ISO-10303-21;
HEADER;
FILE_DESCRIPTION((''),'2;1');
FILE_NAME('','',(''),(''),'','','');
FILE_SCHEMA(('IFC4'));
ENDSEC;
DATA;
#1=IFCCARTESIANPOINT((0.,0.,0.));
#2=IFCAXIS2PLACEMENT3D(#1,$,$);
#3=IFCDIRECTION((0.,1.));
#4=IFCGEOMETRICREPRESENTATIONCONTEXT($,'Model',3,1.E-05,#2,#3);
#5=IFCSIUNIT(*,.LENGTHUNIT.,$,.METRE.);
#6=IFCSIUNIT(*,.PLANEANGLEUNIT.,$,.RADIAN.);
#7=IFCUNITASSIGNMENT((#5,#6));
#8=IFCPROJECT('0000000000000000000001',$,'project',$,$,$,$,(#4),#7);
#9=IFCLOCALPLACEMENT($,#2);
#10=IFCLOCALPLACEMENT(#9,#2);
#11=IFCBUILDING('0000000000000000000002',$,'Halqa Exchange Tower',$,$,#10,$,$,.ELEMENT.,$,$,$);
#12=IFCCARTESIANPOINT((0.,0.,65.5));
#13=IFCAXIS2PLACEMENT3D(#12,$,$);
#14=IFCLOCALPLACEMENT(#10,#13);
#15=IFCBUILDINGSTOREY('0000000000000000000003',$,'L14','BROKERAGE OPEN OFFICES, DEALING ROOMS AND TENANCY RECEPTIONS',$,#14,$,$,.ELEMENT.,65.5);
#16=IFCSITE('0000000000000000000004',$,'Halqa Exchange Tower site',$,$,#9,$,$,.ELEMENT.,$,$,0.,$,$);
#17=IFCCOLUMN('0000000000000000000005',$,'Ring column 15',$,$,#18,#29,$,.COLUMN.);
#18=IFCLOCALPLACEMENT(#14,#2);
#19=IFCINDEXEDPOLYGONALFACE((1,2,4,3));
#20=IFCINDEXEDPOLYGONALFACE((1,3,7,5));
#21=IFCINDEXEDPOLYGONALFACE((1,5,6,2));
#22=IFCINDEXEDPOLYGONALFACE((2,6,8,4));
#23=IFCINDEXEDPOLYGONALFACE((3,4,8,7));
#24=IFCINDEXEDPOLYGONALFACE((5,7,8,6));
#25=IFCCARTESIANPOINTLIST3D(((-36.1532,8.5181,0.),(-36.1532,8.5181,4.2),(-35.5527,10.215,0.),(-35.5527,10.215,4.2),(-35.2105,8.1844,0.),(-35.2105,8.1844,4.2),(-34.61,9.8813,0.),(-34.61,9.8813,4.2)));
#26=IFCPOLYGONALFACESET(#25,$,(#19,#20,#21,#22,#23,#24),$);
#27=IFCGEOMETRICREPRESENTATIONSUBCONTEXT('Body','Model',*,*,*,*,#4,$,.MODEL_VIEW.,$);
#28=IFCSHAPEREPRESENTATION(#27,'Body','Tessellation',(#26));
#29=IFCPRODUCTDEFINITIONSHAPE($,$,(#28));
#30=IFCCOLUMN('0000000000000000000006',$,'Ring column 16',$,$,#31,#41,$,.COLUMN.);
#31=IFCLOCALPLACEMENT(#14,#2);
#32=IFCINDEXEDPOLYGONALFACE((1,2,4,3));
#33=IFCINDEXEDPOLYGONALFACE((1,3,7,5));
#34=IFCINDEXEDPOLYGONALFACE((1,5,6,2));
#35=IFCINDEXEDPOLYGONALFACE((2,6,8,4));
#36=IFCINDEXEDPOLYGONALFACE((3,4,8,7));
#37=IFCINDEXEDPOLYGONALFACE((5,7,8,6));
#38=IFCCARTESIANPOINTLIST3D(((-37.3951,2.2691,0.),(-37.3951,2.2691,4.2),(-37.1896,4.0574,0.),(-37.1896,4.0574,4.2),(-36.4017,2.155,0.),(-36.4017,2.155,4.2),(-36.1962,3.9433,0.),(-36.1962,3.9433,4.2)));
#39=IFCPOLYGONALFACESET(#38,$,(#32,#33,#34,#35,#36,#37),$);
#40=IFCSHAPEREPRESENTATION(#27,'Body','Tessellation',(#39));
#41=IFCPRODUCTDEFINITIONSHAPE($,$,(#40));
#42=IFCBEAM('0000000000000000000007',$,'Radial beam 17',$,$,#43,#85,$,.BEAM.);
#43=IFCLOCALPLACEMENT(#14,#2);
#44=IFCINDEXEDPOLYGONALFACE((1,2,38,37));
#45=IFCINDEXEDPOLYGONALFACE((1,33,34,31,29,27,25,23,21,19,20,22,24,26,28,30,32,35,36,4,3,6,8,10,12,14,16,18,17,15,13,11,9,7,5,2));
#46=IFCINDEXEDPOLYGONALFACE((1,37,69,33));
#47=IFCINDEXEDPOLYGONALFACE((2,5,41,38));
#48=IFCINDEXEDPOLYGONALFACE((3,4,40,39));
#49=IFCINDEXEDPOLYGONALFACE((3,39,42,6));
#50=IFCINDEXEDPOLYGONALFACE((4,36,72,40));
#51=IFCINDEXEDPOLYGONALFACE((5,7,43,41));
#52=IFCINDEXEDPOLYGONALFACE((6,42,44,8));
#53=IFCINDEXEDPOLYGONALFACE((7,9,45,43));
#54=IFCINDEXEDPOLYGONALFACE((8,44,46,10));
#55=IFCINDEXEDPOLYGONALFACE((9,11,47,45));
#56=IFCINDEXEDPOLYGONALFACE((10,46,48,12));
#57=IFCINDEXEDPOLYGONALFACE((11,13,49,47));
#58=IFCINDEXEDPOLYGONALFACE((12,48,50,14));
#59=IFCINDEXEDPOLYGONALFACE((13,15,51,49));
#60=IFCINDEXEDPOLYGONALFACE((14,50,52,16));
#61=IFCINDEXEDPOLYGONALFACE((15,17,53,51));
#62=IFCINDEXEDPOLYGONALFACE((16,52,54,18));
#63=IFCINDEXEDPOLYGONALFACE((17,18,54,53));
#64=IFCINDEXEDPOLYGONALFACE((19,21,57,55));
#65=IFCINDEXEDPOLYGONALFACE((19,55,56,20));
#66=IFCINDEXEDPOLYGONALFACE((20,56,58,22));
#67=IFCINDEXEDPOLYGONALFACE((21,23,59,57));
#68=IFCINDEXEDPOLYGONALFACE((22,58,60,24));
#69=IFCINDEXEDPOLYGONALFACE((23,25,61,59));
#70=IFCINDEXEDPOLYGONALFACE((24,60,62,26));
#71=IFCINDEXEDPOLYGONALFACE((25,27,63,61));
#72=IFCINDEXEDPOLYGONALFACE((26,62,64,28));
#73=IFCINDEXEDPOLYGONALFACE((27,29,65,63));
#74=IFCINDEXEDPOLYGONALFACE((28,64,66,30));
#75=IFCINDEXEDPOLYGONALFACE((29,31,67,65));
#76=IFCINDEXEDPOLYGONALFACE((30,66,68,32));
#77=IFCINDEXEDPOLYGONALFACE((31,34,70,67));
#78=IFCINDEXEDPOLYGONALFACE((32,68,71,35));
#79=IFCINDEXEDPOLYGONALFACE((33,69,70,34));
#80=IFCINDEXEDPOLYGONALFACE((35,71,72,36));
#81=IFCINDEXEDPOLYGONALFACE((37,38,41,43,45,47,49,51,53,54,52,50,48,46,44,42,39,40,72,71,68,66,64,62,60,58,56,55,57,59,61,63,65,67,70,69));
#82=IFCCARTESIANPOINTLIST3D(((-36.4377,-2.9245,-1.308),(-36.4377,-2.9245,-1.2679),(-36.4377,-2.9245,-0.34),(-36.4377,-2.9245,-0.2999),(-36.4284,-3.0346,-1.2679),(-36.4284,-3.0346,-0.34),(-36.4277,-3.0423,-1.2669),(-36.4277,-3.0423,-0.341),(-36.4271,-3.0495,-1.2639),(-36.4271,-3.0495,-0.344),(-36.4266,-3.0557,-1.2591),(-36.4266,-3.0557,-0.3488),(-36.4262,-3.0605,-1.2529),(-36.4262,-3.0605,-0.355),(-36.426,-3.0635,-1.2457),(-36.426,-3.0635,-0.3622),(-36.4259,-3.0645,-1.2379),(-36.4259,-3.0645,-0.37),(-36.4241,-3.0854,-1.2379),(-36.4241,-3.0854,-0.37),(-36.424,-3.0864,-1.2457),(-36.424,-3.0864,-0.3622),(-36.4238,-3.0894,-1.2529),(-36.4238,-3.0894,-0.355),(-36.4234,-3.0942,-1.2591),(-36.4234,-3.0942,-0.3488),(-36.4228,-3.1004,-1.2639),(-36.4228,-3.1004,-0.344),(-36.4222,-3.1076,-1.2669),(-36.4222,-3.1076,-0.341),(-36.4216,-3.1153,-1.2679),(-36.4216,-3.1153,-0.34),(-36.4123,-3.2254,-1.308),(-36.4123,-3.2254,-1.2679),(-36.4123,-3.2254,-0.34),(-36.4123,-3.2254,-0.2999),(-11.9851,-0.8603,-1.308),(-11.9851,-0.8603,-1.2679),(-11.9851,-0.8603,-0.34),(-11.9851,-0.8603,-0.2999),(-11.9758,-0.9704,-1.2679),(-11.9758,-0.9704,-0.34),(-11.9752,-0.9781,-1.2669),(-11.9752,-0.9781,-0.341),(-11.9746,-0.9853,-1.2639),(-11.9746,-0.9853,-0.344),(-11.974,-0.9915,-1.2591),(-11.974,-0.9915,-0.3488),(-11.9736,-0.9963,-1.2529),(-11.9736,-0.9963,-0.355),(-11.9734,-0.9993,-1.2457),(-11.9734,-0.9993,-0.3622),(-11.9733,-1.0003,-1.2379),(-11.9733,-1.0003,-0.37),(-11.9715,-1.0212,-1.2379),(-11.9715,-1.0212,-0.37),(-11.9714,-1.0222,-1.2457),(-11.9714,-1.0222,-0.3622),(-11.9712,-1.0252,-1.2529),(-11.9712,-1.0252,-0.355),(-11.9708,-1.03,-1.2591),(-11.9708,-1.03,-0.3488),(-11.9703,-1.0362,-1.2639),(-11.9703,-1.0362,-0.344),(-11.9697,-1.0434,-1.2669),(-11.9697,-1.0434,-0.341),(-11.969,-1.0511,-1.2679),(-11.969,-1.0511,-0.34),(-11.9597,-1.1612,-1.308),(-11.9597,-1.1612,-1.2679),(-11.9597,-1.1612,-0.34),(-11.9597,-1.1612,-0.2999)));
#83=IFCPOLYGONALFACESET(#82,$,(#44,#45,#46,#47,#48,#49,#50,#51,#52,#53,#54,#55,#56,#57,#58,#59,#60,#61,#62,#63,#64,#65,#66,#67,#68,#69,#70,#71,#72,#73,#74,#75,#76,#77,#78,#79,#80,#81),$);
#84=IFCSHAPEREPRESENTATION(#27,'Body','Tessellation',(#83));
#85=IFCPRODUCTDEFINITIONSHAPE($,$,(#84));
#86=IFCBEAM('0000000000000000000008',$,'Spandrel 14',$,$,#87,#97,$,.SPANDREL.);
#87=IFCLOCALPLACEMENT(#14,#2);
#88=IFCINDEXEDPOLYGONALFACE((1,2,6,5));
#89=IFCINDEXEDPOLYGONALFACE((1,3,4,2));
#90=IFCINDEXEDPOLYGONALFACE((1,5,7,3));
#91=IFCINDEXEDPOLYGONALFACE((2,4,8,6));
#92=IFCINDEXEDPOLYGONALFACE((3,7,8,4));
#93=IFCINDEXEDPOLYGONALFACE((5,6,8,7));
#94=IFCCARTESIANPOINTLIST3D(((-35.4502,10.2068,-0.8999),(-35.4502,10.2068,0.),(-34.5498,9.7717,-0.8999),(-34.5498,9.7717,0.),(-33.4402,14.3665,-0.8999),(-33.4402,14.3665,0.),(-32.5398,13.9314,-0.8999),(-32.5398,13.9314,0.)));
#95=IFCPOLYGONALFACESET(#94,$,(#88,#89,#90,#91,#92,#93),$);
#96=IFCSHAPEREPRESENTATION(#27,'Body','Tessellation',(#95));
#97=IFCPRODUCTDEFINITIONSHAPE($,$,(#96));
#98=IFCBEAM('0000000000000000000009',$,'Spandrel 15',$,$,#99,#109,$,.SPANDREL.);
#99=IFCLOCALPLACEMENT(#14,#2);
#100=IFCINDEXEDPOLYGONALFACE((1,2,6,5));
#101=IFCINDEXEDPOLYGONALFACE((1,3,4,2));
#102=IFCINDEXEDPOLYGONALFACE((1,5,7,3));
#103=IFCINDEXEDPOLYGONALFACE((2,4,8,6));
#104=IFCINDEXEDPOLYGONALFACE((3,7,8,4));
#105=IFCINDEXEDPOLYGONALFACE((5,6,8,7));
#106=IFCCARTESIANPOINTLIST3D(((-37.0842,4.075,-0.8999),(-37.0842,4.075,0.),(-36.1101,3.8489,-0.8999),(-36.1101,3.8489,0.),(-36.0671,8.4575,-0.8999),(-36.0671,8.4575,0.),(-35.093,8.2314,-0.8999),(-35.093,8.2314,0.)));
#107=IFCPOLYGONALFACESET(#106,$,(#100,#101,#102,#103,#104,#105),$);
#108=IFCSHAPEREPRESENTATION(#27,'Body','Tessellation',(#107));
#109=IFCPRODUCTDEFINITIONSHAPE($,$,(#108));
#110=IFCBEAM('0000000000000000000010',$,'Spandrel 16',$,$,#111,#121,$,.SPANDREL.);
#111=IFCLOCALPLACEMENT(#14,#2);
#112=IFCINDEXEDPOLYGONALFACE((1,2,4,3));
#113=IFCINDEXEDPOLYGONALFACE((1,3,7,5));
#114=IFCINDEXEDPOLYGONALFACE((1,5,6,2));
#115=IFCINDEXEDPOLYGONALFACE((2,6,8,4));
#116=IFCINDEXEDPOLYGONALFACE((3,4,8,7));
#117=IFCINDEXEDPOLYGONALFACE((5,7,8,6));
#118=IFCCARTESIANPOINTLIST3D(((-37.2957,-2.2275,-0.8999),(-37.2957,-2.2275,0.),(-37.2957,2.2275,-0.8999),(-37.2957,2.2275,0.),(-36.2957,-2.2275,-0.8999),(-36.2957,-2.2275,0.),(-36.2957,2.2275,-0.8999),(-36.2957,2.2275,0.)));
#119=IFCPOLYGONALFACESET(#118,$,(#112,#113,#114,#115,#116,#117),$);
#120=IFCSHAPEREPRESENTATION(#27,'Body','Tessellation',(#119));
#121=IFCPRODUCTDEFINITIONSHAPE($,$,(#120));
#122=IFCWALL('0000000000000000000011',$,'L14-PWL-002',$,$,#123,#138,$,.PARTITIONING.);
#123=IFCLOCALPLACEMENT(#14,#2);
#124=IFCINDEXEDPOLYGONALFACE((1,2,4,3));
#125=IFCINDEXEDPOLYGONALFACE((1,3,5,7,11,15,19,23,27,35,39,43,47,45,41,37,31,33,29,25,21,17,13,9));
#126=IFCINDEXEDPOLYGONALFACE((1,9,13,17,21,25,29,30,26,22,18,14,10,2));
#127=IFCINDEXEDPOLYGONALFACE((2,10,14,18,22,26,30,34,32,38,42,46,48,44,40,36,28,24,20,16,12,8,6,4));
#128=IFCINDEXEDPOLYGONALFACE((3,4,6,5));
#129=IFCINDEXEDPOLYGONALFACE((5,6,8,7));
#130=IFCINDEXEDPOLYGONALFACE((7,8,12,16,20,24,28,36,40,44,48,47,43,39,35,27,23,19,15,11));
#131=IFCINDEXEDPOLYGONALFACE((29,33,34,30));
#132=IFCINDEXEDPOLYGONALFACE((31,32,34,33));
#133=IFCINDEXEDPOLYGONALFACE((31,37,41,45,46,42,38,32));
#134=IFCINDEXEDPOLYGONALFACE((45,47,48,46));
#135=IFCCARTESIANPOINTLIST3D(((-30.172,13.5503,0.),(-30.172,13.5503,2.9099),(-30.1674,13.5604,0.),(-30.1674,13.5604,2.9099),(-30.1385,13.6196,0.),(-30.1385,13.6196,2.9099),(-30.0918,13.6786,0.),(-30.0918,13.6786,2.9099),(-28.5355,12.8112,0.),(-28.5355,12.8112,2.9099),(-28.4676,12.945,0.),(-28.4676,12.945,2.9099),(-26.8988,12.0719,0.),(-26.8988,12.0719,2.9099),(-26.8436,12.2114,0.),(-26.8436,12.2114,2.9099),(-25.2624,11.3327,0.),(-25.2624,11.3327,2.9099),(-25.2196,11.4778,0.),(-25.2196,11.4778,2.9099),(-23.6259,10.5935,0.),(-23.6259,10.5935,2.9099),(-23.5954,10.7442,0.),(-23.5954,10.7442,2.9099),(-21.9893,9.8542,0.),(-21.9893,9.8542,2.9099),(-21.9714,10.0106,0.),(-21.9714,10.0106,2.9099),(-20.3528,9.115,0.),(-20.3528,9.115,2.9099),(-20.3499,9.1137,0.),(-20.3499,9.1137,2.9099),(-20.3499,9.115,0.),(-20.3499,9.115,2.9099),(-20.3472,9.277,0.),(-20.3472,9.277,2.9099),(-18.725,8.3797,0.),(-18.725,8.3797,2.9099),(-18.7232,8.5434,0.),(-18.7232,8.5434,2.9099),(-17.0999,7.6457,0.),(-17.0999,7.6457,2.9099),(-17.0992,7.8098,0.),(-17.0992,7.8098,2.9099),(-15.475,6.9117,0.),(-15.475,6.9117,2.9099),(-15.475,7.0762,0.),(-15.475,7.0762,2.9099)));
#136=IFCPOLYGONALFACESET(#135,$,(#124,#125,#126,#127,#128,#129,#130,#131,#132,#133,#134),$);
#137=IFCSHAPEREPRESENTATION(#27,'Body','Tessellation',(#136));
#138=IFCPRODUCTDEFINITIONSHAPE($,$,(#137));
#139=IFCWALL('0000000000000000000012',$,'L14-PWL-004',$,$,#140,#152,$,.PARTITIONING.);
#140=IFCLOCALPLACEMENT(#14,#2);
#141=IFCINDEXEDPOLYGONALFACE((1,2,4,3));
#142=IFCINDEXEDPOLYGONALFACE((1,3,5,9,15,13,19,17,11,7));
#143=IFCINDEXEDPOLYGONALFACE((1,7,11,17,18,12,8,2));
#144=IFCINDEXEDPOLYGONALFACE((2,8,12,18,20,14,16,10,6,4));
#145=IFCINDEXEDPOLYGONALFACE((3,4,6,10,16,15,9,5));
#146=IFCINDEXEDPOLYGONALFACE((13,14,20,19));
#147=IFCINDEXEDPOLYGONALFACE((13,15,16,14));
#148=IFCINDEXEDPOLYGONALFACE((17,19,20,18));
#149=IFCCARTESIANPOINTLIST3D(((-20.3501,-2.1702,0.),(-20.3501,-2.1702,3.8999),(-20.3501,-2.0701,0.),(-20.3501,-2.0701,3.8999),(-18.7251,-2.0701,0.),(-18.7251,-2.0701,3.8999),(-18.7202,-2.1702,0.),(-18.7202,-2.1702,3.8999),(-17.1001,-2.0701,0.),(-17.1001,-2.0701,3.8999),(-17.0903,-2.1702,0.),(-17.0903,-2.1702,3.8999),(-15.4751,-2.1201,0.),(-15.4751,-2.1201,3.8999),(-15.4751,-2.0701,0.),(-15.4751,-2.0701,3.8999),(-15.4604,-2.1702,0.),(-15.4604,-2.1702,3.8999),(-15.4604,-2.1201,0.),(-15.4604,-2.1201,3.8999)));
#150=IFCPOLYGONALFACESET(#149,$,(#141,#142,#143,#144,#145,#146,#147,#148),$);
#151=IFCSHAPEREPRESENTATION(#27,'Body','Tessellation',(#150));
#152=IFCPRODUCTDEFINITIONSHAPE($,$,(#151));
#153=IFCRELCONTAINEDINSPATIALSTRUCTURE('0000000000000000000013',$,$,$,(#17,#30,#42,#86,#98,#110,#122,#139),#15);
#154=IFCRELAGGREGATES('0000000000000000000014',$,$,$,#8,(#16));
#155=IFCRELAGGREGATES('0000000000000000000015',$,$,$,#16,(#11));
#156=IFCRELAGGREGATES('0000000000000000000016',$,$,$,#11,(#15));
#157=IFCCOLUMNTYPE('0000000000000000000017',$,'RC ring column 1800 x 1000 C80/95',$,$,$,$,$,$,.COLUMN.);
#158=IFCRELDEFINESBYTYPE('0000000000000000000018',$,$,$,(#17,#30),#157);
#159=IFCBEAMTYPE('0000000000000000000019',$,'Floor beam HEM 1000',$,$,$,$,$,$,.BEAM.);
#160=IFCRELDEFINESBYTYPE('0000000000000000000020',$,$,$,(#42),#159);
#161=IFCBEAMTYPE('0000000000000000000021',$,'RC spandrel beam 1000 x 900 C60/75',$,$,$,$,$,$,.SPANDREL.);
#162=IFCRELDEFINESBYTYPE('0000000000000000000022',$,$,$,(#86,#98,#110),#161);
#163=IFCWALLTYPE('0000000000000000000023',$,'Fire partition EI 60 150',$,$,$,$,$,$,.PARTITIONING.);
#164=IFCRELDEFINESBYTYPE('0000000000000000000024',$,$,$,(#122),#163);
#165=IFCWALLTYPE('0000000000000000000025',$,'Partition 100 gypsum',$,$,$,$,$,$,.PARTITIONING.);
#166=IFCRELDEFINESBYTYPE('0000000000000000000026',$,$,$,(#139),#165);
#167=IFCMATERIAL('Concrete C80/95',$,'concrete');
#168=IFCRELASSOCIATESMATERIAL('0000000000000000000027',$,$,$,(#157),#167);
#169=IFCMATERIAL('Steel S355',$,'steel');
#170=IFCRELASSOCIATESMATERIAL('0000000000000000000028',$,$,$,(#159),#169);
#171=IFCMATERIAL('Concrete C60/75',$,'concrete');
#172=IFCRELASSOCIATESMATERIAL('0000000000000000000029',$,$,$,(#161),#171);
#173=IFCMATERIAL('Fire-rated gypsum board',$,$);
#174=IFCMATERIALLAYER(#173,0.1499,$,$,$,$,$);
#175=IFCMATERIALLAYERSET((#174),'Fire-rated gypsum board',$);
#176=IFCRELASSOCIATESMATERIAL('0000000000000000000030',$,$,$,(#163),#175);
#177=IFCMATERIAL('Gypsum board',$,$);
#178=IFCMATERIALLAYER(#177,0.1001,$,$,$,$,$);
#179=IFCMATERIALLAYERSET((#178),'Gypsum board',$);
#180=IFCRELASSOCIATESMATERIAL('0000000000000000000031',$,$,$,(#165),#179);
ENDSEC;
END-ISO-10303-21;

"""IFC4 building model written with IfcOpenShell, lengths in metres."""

from ifc_helpers import new_model, si_unit, direction, frame, origin, origin_2d, place, context, subcontext, project, spatial, polyline, rectangle, i_section, outline, extrude, material, layer, layer_set, material_profile, profile_set, type_object, element, save


model = new_model("IFC4")

# Units and contexts
model_context = context("Model", 3, precision=1e-05, world=origin(), true_north=direction((0.0, 1.0)))
body_context = subcontext(model_context, "Body", "Model", "MODEL_VIEW")
ifc_project = project(units=[si_unit("LENGTHUNIT", "METRE"), si_unit("PLANEANGLEUNIT", "RADIAN")], contexts=[model_context])

# Site, building, storey
site_placement = place(None, origin())
site = spatial("IfcSite", under=ifc_project, at=site_placement, Name="Halqa Exchange Tower site", CompositionType="ELEMENT", RefElevation=0.0)
building_placement = place(site_placement, origin())
building = spatial("IfcBuilding", under=site, at=building_placement, Name="Halqa Exchange Tower", CompositionType="ELEMENT")
storey_placement = place(building_placement, frame((0.0, 0.0, 65.5)))
storey = spatial("IfcBuildingStorey", under=building, at=storey_placement, Name="L14", Description="BROKERAGE OPEN OFFICES, DEALING ROOMS AND TENANCY RECEPTIONS", CompositionType="ELEMENT", Elevation=65.5)

# Columns
ifc_material_1 = material(Name="Concrete C80/95", Category="concrete")
ifc_material_profile_1 = material_profile(ifc_material_1, rectangle(XDim=1.8, YDim=1.0, at=origin_2d()), Name="1800 x 1000")
ifc_profile_set_1 = profile_set([ifc_material_profile_1], Name="Concrete C80/95")
column_type = type_object("IfcColumnType", Name="RC ring column 1800 x 1000 C80/95", PredefinedType="COLUMN", material=ifc_profile_set_1)
for number, where, z_axis, x_axis, name in (
    (1, (-35.3816, 9.1997, 0.0), (0.0, 0.0, 1.0), (-0.333629, -0.942704, 0.0), "Ring column 15"),
    (2, (-36.7957, 3.1062, 0.0), (0.0, 0.0, 1.0), (-0.11416, -0.993462, 0.0), "Ring column 16"),
):
    element("IfcColumn", number, at=place(storey_placement, frame(where, z_axis=z_axis, x_axis=x_axis)), inside=storey, type_object=column_type, Name=name, PredefinedType="COLUMN", context=body_context, shape_type="SweptSolid", body=[
        extrude(rectangle(XDim=1.8, YDim=1.0, at=origin_2d()), origin(), (0.0, 0.0, 1.0), 4.2),
    ])

# Beams
ifc_material_2 = material(Name="Steel S355", Category="steel")
ifc_material_profile_2 = material_profile(ifc_material_2, i_section(OverallWidth=0.302, OverallDepth=1.0081, WebThickness=0.021, FlangeThickness=0.04, FilletRadius=0.03, at=origin_2d()), Name="HEM 1000")
ifc_profile_set_2 = profile_set([ifc_material_profile_2], Name="Steel S355")
beam_type_1 = type_object("IfcBeamType", Name="Floor beam HEM 1000", PredefinedType="BEAM", material=ifc_profile_set_2)
beam_1_placement = place(storey_placement, frame((-11.9724, -1.0107, -0.804), z_axis=(-0.996456, -0.084117, 0.0), x_axis=(0.084117, -0.996456, 0.0)))
element("IfcBeam", 3, at=beam_1_placement, inside=storey, type_object=beam_type_1, Name="Radial beam 17", PredefinedType="BEAM", context=body_context, shape_type="SweptSolid", body=[
    extrude(i_section(OverallWidth=0.302, OverallDepth=1.0081, WebThickness=0.021, FlangeThickness=0.04, FilletRadius=0.03, at=origin_2d()), origin(), (0.0, 0.0, 1.0), 24.5396),
])
ifc_material_3 = material(Name="Concrete C60/75", Category="concrete")
ifc_material_profile_3 = material_profile(ifc_material_3, rectangle(XDim=1.0, YDim=0.8999, at=origin_2d()), Name="1000 x 900")
ifc_profile_set_3 = profile_set([ifc_material_profile_3], Name="Concrete C60/75")
beam_type_2 = type_object("IfcBeamType", Name="RC spandrel beam 1000 x 900 C60/75", PredefinedType="SPANDREL", material=ifc_profile_set_3)
beam_2_placement = place(storey_placement, frame((-32.99, 14.1489, -0.45), z_axis=(-0.435082, -0.900391, 0.0), x_axis=(0.900391, -0.435082, 0.0)))
element("IfcBeam", 4, at=beam_2_placement, inside=storey, type_object=beam_type_2, Name="Spandrel 14", PredefinedType="SPANDREL", context=body_context, shape_type="SweptSolid", body=[
    extrude(rectangle(XDim=1.0, YDim=0.8999, at=origin_2d()), origin(), (0.0, 0.0, 1.0), 4.6199),
])
beam_3_placement = place(storey_placement, frame((-35.5801, 8.3445, -0.45), z_axis=(-0.226068, -0.974111, 0.0), x_axis=(0.974111, -0.226068, 0.0)))
element("IfcBeam", 5, at=beam_3_placement, inside=storey, type_object=beam_type_2, Name="Spandrel 15", PredefinedType="SPANDREL", context=body_context, shape_type="SweptSolid", body=[
    extrude(rectangle(XDim=1.0, YDim=0.8999, at=origin_2d()), origin(), (0.0, 0.0, 1.0), 4.499),
])
beam_4_placement = place(storey_placement, frame((-36.7957, 2.2275, -0.45), z_axis=(0.0, -1.0, 0.0), x_axis=(1.0, 0.0, 0.0)))
element("IfcBeam", 6, at=beam_4_placement, inside=storey, type_object=beam_type_2, Name="Spandrel 16", PredefinedType="SPANDREL", context=body_context, shape_type="SweptSolid", body=[
    extrude(rectangle(XDim=1.0, YDim=0.8999, at=origin_2d()), origin(), (0.0, 0.0, 1.0), 4.4551),
])

# Wall
ifc_material_4 = material(Name="Fire-rated gypsum board")
ifc_layer_1 = layer(ifc_material_4, 0.1499)
ifc_layer_set_1 = layer_set([ifc_layer_1], Name="Fire-rated gypsum board")
wall_type_1 = type_object("IfcWallType", Name="Fire partition EI 60 150", PredefinedType="PARTITIONING", material=ifc_layer_set_1)
wall_1_placement = place(storey_placement, frame((-30.1411, 13.6187, 0.0), z_axis=(0.0, 0.0, 1.0), x_axis=(0.91134, -0.411654, 0.0)))
element("IfcWall", 7, at=wall_1_placement, inside=storey, type_object=wall_type_1, Name="L14-PWL-002", PredefinedType="PARTITIONING", context=body_context, shape_type="SweptSolid", body=[
    extrude(outline(polyline([(0.0, -0.075), (1.7957, -0.075), (3.5916, -0.075), (5.3872, -0.075), (7.1829, -0.075), (8.9788, -0.075), (10.7744, -0.075), (10.7771, -0.0737), (10.7776, -0.075), (12.5605, -0.075), (14.3438, -0.075), (16.1267, -0.075), (16.1267, -0.075), (16.0591, 0.075), (14.2769, 0.075), (12.4949, 0.075), (10.7129, 0.075), (8.9307, 0.075), (7.1487, 0.075), (5.3665, 0.075), (3.5845, 0.075), (1.8025, 0.075), (0.0203, 0.075), (0.002, 0.002), (0.0, -0.064), (0.0, -0.075)])), origin(), (0.0, 0.0, 1.0), 2.9099),
])

# Wall
ifc_material_5 = material(Name="Gypsum board")
ifc_layer_2 = layer(ifc_material_5, 0.1001)
ifc_layer_set_2 = layer_set([ifc_layer_2], Name="Gypsum board")
wall_type_2 = type_object("IfcWallType", Name="Partition 100 gypsum", PredefinedType="PARTITIONING", material=ifc_layer_set_2)
wall_2_placement = place(storey_placement, frame((-20.3501, -2.1201, 0.0), z_axis=(0.0, 0.0, 1.0), x_axis=(1.0, 0.0, 0.0)))
element("IfcWall", 8, at=wall_2_placement, inside=storey, type_object=wall_type_2, Name="L14-PWL-004", PredefinedType="PARTITIONING", context=body_context, shape_type="SweptSolid", body=[
    extrude(outline(polyline([(4.8896, -0.05), (4.8896, 0.0), (4.875, 0.0), (4.875, 0.05), (3.25, 0.05), (1.625, 0.05), (0.0, 0.05), (0.0, -0.05), (1.6299, -0.05), (3.2598, -0.05), (4.8896, -0.05)])), origin(), (0.0, 0.0, 1.0), 3.8999),
])

save(model, "model.ifc")
